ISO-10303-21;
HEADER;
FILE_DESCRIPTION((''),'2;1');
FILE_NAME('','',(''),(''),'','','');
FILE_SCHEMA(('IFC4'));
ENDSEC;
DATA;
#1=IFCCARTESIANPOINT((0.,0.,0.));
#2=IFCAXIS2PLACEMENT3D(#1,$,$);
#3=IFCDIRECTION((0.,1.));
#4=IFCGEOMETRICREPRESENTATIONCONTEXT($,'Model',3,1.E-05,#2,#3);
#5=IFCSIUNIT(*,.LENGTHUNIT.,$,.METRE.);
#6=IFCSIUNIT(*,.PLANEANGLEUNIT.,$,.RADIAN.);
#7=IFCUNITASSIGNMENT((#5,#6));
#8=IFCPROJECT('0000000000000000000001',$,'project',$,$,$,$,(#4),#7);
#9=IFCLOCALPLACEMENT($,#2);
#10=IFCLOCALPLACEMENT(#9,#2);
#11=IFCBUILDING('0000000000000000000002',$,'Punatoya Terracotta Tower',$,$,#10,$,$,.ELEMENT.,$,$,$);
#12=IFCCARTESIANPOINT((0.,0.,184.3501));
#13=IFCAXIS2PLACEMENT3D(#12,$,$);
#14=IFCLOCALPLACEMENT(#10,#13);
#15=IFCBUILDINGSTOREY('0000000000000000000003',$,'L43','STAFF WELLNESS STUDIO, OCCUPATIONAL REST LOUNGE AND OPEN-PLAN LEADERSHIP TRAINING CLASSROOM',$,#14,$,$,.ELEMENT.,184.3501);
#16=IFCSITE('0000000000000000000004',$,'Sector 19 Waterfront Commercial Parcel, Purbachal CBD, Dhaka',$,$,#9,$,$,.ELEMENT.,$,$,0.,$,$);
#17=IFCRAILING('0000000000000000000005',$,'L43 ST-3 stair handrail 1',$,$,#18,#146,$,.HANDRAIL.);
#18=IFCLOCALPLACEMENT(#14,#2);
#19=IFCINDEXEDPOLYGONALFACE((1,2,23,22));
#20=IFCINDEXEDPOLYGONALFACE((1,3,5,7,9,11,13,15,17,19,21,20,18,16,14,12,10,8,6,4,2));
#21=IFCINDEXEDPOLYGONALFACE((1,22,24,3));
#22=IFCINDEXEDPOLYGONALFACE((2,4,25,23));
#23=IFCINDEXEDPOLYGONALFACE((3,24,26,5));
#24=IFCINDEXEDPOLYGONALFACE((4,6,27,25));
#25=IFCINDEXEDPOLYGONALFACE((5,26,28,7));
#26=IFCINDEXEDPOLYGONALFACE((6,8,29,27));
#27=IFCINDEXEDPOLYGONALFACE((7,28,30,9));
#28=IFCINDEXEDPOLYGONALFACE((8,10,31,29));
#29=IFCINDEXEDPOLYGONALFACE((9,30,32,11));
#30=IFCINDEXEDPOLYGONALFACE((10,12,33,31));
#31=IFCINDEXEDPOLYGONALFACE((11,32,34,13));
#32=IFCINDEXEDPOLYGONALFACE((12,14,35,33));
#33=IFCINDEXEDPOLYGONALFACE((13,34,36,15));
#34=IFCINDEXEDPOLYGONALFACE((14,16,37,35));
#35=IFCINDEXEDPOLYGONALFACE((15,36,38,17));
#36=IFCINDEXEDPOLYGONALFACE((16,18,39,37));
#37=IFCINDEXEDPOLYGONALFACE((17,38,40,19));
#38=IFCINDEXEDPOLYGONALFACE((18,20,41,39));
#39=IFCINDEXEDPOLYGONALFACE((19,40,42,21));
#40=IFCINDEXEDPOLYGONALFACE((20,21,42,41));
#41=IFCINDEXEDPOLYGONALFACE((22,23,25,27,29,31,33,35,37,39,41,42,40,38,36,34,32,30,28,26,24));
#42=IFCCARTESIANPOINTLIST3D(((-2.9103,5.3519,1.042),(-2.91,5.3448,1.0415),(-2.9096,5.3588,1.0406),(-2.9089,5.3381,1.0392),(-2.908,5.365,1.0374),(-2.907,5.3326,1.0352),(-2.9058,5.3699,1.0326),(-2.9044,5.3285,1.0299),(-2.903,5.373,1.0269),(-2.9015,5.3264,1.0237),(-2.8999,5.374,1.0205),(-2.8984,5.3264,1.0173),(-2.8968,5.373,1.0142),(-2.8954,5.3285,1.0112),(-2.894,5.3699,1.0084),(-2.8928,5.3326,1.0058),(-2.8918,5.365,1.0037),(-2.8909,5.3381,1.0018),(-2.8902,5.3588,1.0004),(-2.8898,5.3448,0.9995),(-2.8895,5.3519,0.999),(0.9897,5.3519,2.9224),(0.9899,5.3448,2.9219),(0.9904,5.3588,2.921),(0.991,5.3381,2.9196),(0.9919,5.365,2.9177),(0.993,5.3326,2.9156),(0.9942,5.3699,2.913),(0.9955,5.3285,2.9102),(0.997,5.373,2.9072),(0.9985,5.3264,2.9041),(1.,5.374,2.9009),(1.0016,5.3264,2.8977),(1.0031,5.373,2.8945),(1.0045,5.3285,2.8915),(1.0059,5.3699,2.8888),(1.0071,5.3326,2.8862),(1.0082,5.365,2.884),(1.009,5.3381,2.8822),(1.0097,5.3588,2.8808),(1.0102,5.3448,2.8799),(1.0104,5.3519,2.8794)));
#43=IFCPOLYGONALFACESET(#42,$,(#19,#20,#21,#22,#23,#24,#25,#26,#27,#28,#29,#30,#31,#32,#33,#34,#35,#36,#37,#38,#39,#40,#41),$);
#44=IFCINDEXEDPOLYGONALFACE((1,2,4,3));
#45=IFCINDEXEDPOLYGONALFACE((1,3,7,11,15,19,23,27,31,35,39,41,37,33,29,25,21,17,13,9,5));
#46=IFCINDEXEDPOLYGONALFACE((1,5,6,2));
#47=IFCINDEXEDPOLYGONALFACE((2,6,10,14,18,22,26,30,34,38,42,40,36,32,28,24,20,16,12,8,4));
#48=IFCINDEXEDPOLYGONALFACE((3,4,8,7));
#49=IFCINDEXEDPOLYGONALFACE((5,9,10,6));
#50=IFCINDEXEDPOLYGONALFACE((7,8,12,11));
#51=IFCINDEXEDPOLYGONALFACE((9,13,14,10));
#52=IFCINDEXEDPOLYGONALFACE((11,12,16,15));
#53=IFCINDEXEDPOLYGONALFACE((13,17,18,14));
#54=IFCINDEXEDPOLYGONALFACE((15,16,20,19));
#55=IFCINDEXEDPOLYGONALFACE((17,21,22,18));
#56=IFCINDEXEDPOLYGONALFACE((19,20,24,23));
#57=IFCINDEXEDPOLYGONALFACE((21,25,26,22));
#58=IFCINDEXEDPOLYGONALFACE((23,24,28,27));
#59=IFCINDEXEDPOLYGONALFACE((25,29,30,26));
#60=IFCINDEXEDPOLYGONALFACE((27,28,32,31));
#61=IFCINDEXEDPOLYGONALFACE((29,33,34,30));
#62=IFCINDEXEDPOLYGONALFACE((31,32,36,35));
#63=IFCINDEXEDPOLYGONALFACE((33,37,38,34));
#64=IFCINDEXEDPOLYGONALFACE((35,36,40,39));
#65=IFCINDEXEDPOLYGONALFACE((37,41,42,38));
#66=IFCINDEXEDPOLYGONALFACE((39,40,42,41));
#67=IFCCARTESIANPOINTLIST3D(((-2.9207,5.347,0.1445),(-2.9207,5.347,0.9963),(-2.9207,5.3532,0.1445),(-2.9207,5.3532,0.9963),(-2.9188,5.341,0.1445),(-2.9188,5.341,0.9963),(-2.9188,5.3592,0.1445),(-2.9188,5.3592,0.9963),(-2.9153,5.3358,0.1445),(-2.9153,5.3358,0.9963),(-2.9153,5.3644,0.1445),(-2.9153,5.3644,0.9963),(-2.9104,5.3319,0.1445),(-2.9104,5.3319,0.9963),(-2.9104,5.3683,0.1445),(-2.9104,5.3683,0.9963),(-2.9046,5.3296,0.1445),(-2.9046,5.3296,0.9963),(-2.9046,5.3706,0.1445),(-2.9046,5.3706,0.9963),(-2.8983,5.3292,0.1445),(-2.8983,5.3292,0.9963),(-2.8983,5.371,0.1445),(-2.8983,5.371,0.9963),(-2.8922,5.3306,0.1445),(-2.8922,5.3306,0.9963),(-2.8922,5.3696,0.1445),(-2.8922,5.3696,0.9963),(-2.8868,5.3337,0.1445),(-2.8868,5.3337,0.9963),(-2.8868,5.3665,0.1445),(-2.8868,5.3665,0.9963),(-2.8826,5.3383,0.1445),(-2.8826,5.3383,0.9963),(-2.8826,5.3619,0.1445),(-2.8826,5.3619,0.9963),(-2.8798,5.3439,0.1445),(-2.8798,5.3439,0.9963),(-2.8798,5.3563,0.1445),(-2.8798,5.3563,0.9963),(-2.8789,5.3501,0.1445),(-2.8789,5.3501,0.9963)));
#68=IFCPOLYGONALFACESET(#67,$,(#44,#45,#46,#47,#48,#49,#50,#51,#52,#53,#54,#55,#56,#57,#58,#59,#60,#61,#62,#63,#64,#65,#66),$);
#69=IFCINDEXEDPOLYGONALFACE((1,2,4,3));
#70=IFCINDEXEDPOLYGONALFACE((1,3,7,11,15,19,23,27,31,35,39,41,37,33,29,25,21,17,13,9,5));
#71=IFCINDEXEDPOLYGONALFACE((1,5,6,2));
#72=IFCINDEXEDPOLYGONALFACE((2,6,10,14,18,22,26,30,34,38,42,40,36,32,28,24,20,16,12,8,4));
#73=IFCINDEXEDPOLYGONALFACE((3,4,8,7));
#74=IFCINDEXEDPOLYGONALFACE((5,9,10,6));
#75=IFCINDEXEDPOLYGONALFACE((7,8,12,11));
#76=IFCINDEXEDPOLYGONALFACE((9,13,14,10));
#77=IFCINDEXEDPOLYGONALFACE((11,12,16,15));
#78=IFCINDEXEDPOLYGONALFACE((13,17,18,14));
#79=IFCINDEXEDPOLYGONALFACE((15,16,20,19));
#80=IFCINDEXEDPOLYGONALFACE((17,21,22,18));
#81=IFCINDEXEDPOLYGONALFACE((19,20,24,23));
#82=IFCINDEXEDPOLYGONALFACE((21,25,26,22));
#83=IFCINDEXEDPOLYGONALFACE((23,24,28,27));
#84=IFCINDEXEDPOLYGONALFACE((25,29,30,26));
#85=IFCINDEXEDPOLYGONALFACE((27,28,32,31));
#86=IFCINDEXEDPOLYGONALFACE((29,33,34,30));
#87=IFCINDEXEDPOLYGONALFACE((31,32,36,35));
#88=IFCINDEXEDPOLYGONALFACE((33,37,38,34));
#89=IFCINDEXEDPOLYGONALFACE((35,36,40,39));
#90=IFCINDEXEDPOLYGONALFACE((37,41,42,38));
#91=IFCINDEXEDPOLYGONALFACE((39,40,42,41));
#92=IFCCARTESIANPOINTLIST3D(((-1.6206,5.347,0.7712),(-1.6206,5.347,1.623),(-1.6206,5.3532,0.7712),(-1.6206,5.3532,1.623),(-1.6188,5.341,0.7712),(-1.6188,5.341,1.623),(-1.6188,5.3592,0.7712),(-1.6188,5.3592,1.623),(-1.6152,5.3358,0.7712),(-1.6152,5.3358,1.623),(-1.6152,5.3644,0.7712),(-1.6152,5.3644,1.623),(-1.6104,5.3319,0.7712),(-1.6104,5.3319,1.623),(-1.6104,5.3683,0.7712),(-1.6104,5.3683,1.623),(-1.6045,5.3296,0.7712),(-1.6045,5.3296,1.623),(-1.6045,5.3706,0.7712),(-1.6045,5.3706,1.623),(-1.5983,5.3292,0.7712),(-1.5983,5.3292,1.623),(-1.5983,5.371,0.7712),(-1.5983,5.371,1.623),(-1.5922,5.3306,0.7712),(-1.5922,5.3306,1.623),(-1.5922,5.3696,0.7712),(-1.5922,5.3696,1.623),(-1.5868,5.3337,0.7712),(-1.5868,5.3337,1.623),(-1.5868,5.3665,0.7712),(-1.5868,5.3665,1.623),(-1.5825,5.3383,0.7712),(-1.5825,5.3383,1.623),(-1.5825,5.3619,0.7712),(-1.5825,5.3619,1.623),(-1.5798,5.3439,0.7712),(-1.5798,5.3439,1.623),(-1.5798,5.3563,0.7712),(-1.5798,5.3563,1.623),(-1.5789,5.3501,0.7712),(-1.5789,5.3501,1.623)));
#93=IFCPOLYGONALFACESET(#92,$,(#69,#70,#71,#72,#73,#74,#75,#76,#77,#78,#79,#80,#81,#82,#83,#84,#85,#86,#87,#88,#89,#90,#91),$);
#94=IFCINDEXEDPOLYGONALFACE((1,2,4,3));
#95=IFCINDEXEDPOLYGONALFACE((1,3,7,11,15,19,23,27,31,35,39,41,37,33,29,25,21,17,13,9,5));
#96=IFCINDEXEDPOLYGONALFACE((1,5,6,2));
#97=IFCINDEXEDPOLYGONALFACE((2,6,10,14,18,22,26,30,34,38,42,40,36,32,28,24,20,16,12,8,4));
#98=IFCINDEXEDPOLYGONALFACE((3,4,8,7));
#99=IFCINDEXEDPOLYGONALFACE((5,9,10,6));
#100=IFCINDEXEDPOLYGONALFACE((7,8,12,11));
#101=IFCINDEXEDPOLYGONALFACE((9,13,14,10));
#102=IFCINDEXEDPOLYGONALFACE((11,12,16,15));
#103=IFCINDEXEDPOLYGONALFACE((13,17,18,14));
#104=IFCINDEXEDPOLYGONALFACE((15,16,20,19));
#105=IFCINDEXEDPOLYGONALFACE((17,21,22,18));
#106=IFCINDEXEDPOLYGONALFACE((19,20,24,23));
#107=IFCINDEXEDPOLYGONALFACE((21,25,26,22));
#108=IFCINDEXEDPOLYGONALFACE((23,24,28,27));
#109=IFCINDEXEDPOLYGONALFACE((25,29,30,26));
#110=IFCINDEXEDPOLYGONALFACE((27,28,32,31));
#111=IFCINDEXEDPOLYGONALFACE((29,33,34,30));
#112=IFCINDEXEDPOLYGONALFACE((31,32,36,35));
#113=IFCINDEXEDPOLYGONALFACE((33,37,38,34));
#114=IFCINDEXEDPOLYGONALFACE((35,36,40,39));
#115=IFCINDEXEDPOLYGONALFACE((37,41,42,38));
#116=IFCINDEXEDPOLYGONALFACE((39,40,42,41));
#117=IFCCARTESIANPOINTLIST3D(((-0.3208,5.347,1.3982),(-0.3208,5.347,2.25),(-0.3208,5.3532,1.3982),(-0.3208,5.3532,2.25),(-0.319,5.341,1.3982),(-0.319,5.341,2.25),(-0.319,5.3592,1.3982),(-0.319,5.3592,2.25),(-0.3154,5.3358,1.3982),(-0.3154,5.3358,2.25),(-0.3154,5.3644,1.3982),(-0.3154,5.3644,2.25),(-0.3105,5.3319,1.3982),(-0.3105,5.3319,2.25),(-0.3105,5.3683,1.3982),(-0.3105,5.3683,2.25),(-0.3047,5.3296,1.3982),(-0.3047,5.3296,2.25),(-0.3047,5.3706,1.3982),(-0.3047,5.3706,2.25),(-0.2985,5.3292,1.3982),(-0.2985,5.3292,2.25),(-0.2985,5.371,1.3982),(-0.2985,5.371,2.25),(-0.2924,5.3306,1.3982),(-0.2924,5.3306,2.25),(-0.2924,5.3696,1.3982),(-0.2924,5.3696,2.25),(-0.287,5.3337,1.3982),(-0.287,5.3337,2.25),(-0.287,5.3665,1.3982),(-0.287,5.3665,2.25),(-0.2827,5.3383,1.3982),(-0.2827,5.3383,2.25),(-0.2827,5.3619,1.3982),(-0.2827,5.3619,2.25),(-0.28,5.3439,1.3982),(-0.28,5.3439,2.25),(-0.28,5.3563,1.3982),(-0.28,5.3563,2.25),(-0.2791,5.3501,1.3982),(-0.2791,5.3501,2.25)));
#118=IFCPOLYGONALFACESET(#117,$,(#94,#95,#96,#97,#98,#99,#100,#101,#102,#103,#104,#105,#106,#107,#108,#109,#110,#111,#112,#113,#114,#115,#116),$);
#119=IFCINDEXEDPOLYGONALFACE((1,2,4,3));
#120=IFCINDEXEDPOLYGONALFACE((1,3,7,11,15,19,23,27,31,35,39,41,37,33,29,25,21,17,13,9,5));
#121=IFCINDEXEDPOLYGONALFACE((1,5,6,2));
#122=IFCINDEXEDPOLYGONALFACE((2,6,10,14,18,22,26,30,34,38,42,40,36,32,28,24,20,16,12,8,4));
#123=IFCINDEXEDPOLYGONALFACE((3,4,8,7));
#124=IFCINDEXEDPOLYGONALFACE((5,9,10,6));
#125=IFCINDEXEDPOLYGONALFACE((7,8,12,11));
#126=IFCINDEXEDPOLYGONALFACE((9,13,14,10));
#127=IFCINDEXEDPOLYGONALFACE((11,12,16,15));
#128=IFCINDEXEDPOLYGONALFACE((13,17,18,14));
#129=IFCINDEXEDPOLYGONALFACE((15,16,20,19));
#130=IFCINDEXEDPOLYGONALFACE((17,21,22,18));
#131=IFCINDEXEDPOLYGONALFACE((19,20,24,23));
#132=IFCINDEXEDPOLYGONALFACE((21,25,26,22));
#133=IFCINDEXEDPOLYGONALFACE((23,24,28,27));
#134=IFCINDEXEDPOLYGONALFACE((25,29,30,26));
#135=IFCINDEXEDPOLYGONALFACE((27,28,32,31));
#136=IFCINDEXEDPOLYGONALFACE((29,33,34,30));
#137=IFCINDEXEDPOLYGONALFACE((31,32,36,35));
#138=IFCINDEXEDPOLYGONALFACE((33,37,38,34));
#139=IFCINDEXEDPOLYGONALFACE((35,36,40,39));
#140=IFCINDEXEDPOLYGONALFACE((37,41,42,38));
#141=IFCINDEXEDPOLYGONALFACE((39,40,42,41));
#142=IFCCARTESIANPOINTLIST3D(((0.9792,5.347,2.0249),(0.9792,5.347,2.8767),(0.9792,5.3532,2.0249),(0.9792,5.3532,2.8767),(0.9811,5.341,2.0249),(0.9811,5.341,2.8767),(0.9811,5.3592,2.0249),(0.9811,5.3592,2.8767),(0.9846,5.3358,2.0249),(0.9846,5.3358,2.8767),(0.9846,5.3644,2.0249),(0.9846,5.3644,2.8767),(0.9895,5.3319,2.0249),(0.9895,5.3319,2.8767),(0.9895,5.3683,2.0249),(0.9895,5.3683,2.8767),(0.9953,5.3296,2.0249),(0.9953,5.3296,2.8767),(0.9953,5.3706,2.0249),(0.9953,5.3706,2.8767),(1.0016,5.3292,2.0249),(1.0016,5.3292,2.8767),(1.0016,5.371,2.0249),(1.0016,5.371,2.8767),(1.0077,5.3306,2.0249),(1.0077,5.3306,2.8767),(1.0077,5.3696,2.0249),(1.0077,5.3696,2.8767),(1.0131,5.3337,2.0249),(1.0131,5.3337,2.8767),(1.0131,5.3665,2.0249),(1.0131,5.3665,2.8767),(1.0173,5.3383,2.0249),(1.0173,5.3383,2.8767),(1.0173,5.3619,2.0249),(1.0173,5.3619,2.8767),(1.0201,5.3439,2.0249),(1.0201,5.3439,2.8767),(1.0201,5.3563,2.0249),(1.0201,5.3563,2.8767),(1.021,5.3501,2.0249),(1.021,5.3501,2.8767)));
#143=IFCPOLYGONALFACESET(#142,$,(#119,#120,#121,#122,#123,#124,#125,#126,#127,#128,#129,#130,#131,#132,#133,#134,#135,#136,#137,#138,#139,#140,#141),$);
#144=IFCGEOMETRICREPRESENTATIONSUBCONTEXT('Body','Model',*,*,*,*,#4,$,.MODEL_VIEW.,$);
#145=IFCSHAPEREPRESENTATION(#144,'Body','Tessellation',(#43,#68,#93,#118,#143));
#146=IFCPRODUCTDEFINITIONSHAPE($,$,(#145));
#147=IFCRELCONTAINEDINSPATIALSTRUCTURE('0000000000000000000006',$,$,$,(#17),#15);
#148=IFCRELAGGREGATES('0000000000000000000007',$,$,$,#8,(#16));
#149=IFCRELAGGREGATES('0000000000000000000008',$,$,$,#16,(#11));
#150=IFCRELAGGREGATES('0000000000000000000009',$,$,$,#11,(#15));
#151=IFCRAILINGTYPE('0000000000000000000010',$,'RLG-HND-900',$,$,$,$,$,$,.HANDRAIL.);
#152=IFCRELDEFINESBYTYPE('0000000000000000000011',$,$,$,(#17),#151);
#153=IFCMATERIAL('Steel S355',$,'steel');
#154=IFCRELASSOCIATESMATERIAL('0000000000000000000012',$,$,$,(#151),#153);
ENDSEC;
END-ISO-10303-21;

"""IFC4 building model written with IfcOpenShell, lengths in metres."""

from ifc_helpers import new_model, si_unit, direction, frame, origin, origin_2d, place, context, subcontext, project, spatial, circle, extrude, material, type_object, element, save


model = new_model("IFC4")

# Units and contexts
model_context = context("Model", 3, precision=1e-05, world=origin(), true_north=direction((0.0, 1.0)))
body_context = subcontext(model_context, "Body", "Model", "MODEL_VIEW")
ifc_project = project(units=[si_unit("LENGTHUNIT", "METRE"), si_unit("PLANEANGLEUNIT", "RADIAN")], contexts=[model_context])

# Site, building, storey
site_placement = place(None, origin())
site = spatial("IfcSite", under=ifc_project, at=site_placement, Name="Sector 19 Waterfront Commercial Parcel, Purbachal CBD, Dhaka", CompositionType="ELEMENT", RefElevation=0.0)
building_placement = place(site_placement, origin())
building = spatial("IfcBuilding", under=site, at=building_placement, Name="Punatoya Terracotta Tower", CompositionType="ELEMENT")
storey_placement = place(building_placement, frame((0.0, 0.0, 184.3501)))
storey = spatial("IfcBuildingStorey", under=building, at=storey_placement, Name="L43", Description="STAFF WELLNESS STUDIO, OCCUPATIONAL REST LOUNGE AND OPEN-PLAN LEADERSHIP TRAINING CLASSROOM", CompositionType="ELEMENT", Elevation=184.3501)

# Shared definitions
ifc_material_1 = material(Name="Steel S355", Category="steel")

# Railing
railing_type_1 = type_object("IfcRailingType", Name="RLG-HND-900", PredefinedType="HANDRAIL", material=ifc_material_1)
railing_1_placement = place(storey_placement, frame((-2.8999, 5.3501, 0.1445)))
element("IfcRailing", 1, at=railing_1_placement, inside=storey, type_object=railing_type_1, Name="L43 ST-3 stair handrail 1", PredefinedType="HANDRAIL", context=body_context, shape_type="SweptSolid", body=[
    extrude(circle(Radius=0.0239, at=origin_2d()), frame((0.0, 0.0, 0.876), z_axis=(0.900763, 0.0, 0.434311), x_axis=(0.0, 1.0, 0.0)), (0.0, 0.0, 1.0), 4.3296),
    extrude(circle(Radius=0.021, at=origin_2d()), origin(), (0.0, 0.0, 1.0), 0.8518),
    extrude(circle(Radius=0.021, at=origin_2d()), frame((1.3, 0.0, 0.6267)), (0.0, 0.0, 1.0), 0.8518),
    extrude(circle(Radius=0.021, at=origin_2d()), frame((2.5999, 0.0, 1.2537)), (0.0, 0.0, 1.0), 0.8518),
    extrude(circle(Radius=0.021, at=origin_2d()), frame((3.8999, 0.0, 1.8804)), (0.0, 0.0, 1.0), 0.8518),
])

save(model, "model.ifc")
